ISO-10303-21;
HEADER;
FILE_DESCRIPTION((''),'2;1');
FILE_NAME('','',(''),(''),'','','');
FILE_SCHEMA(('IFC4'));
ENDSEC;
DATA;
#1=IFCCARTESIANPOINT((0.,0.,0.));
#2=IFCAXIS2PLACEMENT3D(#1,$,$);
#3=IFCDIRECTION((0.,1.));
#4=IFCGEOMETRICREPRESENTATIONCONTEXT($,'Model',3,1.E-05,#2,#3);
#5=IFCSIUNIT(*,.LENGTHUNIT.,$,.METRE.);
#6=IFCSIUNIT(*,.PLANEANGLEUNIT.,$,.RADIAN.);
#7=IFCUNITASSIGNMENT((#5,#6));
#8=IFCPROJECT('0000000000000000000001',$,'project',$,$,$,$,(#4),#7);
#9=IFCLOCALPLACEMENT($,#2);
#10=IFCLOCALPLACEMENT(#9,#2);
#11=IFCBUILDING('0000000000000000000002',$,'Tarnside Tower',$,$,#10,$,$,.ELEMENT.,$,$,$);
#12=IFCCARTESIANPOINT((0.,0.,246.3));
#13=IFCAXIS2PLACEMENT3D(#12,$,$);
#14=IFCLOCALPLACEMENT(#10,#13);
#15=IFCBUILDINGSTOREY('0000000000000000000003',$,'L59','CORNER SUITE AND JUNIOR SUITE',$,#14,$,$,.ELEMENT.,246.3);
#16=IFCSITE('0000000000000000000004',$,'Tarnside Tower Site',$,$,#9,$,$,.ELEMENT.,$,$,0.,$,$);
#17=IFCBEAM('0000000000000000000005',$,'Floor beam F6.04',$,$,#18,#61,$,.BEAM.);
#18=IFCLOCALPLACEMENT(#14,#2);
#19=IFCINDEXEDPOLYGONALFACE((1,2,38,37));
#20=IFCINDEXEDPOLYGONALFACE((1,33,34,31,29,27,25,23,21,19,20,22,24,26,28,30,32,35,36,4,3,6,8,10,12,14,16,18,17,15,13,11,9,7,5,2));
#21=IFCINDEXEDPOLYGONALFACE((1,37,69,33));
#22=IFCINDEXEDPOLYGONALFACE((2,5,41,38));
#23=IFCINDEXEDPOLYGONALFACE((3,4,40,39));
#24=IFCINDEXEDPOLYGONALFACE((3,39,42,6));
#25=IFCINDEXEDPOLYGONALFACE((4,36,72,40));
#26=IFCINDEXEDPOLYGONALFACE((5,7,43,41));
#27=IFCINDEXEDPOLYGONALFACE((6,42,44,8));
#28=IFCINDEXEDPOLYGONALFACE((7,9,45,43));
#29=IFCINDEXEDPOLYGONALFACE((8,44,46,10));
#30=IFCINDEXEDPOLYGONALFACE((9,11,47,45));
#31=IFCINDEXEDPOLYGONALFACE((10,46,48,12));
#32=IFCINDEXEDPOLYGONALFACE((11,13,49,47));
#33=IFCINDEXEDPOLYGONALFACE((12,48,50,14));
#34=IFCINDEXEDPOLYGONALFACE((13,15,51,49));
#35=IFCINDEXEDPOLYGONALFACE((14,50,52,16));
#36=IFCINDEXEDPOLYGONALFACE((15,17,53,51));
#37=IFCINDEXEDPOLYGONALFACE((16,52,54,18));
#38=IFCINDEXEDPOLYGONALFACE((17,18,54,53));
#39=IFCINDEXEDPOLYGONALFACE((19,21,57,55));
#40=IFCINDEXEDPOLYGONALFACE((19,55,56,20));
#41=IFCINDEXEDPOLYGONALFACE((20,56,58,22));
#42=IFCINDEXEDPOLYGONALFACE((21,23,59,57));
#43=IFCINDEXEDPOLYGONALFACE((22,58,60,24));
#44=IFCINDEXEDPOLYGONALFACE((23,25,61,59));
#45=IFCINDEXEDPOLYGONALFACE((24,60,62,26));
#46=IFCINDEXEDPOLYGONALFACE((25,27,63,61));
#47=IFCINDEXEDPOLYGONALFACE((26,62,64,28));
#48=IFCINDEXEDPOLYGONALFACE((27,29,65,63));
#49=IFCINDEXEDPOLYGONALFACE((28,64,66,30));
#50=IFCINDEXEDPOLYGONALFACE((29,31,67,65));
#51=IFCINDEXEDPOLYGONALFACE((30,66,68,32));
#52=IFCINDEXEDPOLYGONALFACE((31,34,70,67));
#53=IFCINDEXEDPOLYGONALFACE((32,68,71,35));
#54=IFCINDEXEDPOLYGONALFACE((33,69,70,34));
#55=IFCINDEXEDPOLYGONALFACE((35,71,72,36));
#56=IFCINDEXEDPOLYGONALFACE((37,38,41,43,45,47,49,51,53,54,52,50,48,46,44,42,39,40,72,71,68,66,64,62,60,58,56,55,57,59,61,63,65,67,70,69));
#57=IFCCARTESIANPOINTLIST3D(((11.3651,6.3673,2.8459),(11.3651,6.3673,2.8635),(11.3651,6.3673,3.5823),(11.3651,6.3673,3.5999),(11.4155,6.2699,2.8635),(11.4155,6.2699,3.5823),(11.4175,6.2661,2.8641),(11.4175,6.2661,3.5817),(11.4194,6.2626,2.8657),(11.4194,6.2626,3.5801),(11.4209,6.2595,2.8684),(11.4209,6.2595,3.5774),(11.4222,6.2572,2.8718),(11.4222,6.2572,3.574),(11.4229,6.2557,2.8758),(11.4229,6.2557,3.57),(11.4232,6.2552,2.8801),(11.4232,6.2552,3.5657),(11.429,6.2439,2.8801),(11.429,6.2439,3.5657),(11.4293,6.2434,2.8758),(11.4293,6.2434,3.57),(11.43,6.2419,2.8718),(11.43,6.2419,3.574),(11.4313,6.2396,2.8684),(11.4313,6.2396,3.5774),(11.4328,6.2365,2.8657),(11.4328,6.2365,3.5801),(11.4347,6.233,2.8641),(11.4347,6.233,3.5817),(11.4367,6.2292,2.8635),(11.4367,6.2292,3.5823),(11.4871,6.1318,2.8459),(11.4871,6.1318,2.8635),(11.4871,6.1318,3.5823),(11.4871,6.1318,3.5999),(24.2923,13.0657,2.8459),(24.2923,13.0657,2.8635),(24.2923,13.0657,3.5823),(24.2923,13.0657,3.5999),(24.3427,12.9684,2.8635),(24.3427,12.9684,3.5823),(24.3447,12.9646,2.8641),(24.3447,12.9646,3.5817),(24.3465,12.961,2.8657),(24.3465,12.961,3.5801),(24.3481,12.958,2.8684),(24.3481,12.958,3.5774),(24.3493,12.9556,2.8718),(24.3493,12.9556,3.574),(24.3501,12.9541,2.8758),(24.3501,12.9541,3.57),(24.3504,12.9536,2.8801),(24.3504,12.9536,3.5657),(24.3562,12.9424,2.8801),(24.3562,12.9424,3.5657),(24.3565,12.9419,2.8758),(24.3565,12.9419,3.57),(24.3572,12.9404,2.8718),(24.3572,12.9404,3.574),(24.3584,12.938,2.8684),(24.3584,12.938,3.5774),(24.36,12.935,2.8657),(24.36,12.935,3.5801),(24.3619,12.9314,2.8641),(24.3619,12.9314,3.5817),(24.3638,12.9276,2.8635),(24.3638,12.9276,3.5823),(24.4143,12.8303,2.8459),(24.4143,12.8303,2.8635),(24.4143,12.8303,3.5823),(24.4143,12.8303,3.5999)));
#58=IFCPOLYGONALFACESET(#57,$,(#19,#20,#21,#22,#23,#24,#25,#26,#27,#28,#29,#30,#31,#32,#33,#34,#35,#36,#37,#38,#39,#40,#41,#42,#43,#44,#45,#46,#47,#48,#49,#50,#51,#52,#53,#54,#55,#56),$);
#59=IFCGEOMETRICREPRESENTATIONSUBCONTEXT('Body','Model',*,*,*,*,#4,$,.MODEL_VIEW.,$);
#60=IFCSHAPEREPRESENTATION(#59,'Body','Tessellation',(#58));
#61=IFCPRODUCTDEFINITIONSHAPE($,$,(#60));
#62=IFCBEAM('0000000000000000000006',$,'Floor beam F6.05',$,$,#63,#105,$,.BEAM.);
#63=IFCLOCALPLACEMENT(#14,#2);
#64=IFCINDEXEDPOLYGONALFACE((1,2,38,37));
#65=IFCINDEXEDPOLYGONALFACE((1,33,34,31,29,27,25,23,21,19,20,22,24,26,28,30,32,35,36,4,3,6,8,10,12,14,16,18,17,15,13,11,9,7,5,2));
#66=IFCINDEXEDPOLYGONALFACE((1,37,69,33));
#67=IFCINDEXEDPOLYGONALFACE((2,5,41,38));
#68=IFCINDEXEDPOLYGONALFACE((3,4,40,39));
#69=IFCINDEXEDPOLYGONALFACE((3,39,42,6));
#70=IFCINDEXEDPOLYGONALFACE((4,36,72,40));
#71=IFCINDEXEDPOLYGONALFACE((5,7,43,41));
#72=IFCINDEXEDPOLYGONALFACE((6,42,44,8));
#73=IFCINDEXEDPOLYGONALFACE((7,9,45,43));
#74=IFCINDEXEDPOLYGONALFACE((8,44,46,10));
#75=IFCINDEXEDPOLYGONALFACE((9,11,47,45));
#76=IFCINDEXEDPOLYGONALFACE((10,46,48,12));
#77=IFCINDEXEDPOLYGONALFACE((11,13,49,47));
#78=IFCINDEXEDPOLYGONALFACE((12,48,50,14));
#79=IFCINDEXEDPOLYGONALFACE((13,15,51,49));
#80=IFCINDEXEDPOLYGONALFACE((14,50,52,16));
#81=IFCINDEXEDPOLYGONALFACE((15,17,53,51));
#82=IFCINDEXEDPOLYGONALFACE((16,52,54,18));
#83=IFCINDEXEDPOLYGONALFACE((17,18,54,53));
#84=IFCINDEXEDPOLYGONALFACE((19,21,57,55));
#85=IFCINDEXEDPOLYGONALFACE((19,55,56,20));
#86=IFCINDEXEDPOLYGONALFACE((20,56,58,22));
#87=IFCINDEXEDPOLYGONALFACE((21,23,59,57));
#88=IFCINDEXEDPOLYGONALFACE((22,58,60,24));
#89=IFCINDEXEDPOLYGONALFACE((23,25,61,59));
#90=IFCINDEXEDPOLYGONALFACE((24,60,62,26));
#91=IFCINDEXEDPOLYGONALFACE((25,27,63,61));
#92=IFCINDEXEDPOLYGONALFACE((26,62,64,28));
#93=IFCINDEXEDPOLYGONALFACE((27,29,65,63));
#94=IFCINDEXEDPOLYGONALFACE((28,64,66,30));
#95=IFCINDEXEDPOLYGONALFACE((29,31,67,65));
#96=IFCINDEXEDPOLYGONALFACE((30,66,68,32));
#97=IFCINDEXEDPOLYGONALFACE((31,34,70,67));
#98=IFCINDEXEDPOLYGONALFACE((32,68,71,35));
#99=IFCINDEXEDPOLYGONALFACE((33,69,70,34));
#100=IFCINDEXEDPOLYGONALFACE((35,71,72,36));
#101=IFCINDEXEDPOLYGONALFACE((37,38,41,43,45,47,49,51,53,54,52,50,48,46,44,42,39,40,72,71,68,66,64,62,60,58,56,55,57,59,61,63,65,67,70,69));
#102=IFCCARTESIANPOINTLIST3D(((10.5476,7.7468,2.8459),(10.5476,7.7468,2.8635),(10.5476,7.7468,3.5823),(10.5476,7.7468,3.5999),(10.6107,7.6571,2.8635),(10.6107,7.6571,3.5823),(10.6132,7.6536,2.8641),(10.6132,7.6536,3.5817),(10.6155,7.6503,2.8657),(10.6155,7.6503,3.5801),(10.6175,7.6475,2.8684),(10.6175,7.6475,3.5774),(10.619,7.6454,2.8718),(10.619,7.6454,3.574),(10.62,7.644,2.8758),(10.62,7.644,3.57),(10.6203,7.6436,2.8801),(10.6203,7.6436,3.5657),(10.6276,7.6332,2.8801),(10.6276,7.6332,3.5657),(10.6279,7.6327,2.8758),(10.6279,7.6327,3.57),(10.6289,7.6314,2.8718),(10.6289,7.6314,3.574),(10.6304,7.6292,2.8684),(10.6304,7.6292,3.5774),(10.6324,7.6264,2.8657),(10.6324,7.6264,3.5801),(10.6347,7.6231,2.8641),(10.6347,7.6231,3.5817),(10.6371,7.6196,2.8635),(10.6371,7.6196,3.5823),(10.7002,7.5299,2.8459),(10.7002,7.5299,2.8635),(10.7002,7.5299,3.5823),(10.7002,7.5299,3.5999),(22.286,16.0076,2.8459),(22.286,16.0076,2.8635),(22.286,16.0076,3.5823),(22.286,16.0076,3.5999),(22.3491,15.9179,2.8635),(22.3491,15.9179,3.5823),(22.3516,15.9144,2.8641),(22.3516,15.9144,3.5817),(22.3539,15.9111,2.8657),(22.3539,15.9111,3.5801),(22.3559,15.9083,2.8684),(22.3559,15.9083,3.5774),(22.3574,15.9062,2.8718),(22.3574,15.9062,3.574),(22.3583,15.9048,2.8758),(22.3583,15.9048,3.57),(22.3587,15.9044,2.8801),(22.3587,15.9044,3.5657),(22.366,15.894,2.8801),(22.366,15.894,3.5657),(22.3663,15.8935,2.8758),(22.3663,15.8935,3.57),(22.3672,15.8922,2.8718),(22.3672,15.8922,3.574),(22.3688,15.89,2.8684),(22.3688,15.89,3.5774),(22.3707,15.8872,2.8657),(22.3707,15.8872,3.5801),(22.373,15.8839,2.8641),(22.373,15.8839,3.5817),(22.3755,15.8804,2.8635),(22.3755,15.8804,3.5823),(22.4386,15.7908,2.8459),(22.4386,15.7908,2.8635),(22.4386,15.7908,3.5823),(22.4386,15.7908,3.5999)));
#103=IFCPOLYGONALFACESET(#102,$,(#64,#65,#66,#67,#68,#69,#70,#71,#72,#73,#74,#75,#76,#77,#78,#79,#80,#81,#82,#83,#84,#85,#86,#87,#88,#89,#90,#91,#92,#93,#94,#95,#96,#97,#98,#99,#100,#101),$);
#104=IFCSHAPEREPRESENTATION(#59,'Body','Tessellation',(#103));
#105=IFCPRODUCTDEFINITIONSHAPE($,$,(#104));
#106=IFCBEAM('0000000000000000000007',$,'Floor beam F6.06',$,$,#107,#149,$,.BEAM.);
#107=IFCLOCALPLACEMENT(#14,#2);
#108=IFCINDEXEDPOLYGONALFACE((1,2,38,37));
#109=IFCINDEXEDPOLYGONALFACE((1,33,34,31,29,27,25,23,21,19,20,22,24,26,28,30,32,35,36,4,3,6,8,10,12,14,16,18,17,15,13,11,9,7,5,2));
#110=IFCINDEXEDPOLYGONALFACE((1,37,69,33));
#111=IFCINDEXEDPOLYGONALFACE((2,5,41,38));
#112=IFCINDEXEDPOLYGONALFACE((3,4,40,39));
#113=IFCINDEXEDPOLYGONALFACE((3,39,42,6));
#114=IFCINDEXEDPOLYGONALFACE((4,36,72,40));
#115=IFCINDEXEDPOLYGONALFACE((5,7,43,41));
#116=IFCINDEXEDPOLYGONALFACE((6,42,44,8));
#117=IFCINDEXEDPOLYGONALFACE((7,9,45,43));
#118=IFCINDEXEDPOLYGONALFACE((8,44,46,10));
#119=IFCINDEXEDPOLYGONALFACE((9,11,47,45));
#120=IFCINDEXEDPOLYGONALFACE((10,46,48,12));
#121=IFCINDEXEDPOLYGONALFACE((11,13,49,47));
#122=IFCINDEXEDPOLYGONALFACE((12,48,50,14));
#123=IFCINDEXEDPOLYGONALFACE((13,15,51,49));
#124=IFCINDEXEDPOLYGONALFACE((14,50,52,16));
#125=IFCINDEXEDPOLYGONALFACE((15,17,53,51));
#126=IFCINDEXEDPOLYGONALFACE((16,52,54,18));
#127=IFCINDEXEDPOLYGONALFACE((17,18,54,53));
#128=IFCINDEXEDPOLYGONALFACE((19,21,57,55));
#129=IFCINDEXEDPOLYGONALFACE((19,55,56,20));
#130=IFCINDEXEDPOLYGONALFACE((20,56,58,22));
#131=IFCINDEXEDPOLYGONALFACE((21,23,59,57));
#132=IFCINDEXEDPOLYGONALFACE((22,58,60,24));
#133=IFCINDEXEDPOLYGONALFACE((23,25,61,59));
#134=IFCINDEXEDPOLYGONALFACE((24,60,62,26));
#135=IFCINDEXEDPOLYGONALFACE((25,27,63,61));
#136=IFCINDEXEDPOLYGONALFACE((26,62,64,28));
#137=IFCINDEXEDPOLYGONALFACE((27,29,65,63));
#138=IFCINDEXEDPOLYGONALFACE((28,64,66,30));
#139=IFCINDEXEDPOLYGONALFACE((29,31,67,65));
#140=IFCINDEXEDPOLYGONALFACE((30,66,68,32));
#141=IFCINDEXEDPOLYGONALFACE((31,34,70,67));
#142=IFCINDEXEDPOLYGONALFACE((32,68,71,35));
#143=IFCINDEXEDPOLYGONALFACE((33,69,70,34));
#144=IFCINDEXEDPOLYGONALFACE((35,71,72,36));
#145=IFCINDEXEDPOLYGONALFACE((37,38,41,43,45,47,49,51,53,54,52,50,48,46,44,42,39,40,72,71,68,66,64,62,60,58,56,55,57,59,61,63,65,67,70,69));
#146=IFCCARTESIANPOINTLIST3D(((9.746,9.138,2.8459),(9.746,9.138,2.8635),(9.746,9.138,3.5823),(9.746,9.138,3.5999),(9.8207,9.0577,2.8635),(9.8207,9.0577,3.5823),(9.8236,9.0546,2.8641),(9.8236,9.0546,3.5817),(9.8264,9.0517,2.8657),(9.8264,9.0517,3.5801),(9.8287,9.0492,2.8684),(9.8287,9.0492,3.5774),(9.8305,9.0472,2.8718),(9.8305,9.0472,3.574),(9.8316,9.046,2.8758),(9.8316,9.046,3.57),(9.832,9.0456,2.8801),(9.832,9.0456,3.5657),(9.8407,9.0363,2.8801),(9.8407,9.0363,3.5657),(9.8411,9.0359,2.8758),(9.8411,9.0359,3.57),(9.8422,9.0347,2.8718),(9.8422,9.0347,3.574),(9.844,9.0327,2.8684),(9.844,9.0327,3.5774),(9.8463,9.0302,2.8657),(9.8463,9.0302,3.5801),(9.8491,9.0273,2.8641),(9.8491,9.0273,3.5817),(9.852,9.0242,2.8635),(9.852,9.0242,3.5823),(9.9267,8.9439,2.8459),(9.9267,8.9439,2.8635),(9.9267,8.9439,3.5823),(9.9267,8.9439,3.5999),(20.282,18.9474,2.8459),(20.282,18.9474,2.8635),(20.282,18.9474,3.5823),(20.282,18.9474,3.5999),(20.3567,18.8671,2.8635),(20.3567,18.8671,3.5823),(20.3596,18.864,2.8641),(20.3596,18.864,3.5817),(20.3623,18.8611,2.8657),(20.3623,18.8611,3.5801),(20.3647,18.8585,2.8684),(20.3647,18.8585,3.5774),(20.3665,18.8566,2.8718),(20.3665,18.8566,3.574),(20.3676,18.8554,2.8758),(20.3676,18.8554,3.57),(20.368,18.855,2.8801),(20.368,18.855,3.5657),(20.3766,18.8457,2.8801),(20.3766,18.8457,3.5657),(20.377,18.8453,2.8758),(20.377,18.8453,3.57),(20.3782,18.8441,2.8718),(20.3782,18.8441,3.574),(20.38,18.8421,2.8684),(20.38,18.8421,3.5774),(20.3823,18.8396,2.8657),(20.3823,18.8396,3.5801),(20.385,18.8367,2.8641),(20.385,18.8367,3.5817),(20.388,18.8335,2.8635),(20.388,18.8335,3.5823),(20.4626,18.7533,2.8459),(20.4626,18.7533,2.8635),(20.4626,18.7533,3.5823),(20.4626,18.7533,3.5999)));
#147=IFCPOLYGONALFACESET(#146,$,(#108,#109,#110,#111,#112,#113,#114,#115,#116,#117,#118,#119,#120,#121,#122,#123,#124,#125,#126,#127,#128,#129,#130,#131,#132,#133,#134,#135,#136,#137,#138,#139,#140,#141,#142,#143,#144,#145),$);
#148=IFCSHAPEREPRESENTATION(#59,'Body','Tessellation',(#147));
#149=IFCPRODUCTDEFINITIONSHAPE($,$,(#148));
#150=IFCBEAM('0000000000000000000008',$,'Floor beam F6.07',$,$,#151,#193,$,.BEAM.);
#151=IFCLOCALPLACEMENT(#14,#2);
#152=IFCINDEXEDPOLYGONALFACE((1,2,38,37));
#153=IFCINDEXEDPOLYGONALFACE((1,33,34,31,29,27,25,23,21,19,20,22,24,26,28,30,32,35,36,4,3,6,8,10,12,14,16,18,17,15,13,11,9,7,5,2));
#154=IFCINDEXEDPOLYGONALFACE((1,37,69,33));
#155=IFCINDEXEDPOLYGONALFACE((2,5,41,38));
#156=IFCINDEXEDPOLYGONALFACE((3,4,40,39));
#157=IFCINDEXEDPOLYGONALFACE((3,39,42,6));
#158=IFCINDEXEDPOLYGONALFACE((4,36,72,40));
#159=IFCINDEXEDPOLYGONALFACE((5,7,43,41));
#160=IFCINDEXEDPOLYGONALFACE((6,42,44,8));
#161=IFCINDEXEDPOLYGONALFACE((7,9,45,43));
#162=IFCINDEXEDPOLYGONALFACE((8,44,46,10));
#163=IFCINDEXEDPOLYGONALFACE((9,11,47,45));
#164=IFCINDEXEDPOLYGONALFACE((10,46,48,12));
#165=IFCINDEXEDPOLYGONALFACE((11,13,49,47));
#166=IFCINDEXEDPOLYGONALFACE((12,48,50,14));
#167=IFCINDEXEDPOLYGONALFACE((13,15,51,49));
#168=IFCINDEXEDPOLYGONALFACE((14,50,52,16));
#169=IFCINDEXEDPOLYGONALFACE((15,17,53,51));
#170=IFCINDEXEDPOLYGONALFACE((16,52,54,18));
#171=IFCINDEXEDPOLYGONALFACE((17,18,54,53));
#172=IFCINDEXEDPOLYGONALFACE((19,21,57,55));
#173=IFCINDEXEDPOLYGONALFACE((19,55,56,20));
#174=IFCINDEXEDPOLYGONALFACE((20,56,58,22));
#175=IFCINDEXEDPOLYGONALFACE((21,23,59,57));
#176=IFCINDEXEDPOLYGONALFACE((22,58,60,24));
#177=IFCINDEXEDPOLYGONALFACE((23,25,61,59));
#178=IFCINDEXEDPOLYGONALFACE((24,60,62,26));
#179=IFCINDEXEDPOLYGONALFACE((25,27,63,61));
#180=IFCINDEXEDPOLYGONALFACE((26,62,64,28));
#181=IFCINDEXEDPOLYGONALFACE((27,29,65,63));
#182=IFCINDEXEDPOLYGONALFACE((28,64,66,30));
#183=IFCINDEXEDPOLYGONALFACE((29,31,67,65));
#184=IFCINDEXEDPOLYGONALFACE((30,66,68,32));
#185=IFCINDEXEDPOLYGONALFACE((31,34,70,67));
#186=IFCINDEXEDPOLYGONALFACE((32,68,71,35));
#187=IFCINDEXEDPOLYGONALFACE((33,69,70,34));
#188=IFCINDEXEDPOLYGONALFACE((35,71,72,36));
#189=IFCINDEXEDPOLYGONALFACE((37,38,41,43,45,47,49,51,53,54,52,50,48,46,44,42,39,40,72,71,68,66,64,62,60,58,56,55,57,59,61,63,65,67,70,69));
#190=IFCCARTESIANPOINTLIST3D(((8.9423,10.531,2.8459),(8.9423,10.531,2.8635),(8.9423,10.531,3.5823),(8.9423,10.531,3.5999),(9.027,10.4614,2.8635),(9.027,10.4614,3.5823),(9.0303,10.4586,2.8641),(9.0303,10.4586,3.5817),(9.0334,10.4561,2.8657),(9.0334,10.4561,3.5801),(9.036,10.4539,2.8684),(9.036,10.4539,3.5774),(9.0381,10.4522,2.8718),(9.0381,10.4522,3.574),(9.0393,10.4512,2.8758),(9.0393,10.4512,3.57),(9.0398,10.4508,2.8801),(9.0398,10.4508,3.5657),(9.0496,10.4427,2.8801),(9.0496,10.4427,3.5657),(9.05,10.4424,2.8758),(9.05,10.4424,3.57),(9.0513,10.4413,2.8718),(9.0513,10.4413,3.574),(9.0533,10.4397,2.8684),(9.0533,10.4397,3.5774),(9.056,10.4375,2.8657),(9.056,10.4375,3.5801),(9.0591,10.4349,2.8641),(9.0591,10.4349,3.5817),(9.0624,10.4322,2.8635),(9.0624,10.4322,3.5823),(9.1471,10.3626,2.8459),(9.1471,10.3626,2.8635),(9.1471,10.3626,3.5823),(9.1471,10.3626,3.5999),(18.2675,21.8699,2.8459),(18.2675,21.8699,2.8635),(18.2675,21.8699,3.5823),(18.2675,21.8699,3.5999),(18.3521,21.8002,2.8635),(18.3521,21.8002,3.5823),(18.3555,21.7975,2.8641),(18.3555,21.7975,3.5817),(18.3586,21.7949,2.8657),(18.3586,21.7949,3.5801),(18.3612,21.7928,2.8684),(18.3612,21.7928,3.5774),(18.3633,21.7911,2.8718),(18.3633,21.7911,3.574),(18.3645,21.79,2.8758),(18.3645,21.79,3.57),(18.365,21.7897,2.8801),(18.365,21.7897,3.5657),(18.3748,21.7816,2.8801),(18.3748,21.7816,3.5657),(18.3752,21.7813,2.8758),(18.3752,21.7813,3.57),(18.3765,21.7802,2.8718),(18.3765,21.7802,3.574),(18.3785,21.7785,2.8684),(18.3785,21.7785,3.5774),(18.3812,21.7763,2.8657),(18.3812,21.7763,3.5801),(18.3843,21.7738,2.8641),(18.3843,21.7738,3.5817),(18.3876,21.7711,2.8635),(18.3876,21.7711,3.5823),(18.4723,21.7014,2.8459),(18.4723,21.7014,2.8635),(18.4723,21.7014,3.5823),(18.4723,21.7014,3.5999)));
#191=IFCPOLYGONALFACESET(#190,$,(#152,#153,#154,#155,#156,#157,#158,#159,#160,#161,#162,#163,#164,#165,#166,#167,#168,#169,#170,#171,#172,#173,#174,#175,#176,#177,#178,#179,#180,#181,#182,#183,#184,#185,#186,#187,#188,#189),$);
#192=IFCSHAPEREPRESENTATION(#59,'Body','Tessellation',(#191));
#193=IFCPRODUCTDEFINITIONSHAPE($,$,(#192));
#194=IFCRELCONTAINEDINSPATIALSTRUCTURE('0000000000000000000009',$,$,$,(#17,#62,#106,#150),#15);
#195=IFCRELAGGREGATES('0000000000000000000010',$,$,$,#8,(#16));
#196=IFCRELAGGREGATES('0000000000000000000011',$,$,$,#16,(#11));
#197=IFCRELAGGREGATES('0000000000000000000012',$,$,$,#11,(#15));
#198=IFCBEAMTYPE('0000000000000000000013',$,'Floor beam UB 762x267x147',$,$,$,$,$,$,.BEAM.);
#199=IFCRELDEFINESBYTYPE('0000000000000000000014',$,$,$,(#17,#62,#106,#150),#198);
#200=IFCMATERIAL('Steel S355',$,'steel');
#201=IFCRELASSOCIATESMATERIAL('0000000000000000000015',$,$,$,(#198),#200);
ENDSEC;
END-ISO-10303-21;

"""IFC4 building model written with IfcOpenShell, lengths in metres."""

from ifc_helpers import new_model, si_unit, direction, frame, origin, origin_2d, place, context, subcontext, project, spatial, i_section, extrude, material, material_profile, profile_set, type_object, element, save


model = new_model("IFC4")

# Units and contexts
model_context = context("Model", 3, precision=1e-05, world=origin(), true_north=direction((0.0, 1.0)))
body_context = subcontext(model_context, "Body", "Model", "MODEL_VIEW")
ifc_project = project(units=[si_unit("LENGTHUNIT", "METRE"), si_unit("PLANEANGLEUNIT", "RADIAN")], contexts=[model_context])

# Site, building, storey
site_placement = place(None, origin())
site = spatial("IfcSite", under=ifc_project, at=site_placement, Name="Tarnside Tower Site", CompositionType="ELEMENT", RefElevation=0.0)
building_placement = place(site_placement, origin())
building = spatial("IfcBuilding", under=site, at=building_placement, Name="Tarnside Tower", CompositionType="ELEMENT")
storey_placement = place(building_placement, frame((0.0, 0.0, 246.3)))
storey = spatial("IfcBuildingStorey", under=building, at=storey_placement, Name="L59", Description="CORNER SUITE AND JUNIOR SUITE", CompositionType="ELEMENT", Elevation=246.3)

# Beams
ifc_material_1 = material(Name="Steel S355", Category="steel")
ifc_material_profile_1 = material_profile(ifc_material_1, i_section(OverallWidth=0.2651, OverallDepth=0.7539, WebThickness=0.0127, FlangeThickness=0.0176, FilletRadius=0.0166, at=origin_2d()), Name="UB 762x267x147")
ifc_profile_set_1 = profile_set([ifc_material_profile_1], Name="Steel S355")
beam_type_1 = type_object("IfcBeamType", Name="Floor beam UB 762x267x147", PredefinedType="BEAM", material=ifc_profile_set_1)
beam_1_placement = place(storey_placement, frame((24.3533, 12.948, 3.2229), z_axis=(-0.887882, -0.460072, 0.0), x_axis=(0.460072, -0.887882, 0.0)))
element("IfcBeam", 1, at=beam_1_placement, inside=storey, type_object=beam_type_1, Name="Floor beam F6.04", PredefinedType="BEAM", context=body_context, shape_type="SweptSolid", body=[
    extrude(i_section(OverallWidth=0.2651, OverallDepth=0.7539, WebThickness=0.0127, FlangeThickness=0.0176, FilletRadius=0.0166, at=origin_2d()), origin(), (0.0, 0.0, 1.0), 14.5596),
])
beam_2_placement = place(storey_placement, frame((22.3623, 15.8992, 3.2229), z_axis=(-0.817791, -0.575515, 0.0), x_axis=(0.575515, -0.817791, 0.0)))
element("IfcBeam", 2, at=beam_2_placement, inside=storey, type_object=beam_type_1, Name="Floor beam F6.05", PredefinedType="BEAM", context=body_context, shape_type="SweptSolid", body=[
    extrude(i_section(OverallWidth=0.2651, OverallDepth=0.7539, WebThickness=0.0127, FlangeThickness=0.0176, FilletRadius=0.0166, at=origin_2d()), origin(), (0.0, 0.0, 1.0), 14.3538),
])
beam_3_placement = place(storey_placement, frame((20.3723, 18.8503, 3.2229), z_axis=(-0.731892, -0.68142, 0.0), x_axis=(0.68142, -0.731892, 0.0)))
element("IfcBeam", 3, at=beam_3_placement, inside=storey, type_object=beam_type_1, Name="Floor beam F6.06", PredefinedType="BEAM", context=body_context, shape_type="SweptSolid", body=[
    extrude(i_section(OverallWidth=0.2651, OverallDepth=0.7539, WebThickness=0.0127, FlangeThickness=0.0176, FilletRadius=0.0166, at=origin_2d()), origin(), (0.0, 0.0, 1.0), 14.3955),
])
beam_4_placement = place(storey_placement, frame((18.3699, 21.7856, 3.2229), z_axis=(-0.635192, -0.772354, 0.0), x_axis=(0.772354, -0.635192, 0.0)))
element("IfcBeam", 4, at=beam_4_placement, inside=storey, type_object=beam_type_1, Name="Floor beam F6.07", PredefinedType="BEAM", context=body_context, shape_type="SweptSolid", body=[
    extrude(i_section(OverallWidth=0.2651, OverallDepth=0.7539, WebThickness=0.0127, FlangeThickness=0.0176, FilletRadius=0.0166, at=origin_2d()), origin(), (0.0, 0.0, 1.0), 14.6809),
])

save(model, "model.ifc")
